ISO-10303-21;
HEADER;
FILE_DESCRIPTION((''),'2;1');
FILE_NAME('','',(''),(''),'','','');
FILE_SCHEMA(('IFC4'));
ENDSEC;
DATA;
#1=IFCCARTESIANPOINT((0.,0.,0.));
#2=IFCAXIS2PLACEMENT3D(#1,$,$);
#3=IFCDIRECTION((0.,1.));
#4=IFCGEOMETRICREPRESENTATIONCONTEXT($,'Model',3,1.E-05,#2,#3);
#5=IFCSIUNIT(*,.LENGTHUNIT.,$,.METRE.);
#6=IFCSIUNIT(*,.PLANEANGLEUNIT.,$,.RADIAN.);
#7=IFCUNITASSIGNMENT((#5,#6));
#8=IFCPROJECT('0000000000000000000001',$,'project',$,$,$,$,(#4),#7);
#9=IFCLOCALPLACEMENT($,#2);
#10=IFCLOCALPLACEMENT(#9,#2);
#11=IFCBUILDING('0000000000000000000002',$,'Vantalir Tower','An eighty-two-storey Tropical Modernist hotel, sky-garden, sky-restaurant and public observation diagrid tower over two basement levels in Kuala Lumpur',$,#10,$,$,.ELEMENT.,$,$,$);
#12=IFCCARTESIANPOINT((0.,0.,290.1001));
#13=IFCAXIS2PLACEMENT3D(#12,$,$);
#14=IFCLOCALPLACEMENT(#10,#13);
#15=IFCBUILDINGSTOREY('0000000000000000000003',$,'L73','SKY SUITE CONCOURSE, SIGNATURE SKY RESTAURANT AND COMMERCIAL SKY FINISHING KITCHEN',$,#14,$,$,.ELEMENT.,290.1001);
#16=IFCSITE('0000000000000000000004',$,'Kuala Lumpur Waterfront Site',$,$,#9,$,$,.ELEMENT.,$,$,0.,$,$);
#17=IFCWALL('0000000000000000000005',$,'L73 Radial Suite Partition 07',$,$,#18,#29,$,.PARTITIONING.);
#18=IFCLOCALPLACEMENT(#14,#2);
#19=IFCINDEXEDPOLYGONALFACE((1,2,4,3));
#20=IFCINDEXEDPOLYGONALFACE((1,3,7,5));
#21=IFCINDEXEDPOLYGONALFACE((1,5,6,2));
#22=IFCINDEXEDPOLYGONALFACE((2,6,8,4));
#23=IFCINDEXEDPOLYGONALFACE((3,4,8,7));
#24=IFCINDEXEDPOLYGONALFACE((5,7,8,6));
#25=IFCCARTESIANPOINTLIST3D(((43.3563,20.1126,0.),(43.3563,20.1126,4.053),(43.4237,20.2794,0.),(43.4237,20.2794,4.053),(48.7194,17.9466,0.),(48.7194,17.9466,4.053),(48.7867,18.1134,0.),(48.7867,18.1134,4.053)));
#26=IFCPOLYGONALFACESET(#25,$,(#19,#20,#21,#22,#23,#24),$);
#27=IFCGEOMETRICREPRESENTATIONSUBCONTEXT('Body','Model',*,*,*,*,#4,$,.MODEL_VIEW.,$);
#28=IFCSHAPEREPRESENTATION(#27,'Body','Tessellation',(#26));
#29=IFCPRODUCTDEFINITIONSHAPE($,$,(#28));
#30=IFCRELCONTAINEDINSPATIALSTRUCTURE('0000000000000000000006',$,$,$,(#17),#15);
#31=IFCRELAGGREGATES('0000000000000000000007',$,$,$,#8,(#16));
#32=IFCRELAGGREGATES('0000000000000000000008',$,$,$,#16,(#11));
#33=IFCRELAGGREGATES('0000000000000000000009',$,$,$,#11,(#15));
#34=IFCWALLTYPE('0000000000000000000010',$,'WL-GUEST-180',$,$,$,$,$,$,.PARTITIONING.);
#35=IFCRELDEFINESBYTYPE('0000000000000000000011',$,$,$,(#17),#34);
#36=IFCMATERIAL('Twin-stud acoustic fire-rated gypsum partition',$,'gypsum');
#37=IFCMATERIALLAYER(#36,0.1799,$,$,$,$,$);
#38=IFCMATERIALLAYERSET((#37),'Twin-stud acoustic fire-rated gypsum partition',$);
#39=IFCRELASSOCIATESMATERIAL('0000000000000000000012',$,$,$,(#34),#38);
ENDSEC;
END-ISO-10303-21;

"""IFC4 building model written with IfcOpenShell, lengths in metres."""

from ifc_helpers import new_model, si_unit, direction, frame, frame_2d, origin, place, context, subcontext, project, spatial, rectangle, extrude, material, layer, layer_set, type_object, element, save


model = new_model("IFC4")

# Units and contexts
model_context = context("Model", 3, precision=1e-05, world=origin(), true_north=direction((0.0, 1.0)))
body_context = subcontext(model_context, "Body", "Model", "MODEL_VIEW")
ifc_project = project(units=[si_unit("LENGTHUNIT", "METRE"), si_unit("PLANEANGLEUNIT", "RADIAN")], contexts=[model_context])

# Site, building, storey
site_placement = place(None, origin())
site = spatial("IfcSite", under=ifc_project, at=site_placement, Name="Kuala Lumpur Waterfront Site", CompositionType="ELEMENT", RefElevation=0.0)
building_placement = place(site_placement, origin())
building = spatial("IfcBuilding", under=site, at=building_placement, Name="Vantalir Tower", Description="An eighty-two-storey Tropical Modernist hotel, sky-garden, sky-restaurant and public observation diagrid tower over two basement levels in Kuala Lumpur", CompositionType="ELEMENT")
storey_placement = place(building_placement, frame((0.0, 0.0, 290.1001)))
storey = spatial("IfcBuildingStorey", under=building, at=storey_placement, Name="L73", Description="SKY SUITE CONCOURSE, SIGNATURE SKY RESTAURANT AND COMMERCIAL SKY FINISHING KITCHEN", CompositionType="ELEMENT", Elevation=290.1001)

# Wall
ifc_material_1 = material(Name="Twin-stud acoustic fire-rated gypsum partition", Category="gypsum")
ifc_layer_1 = layer(ifc_material_1, 0.1799)
ifc_layer_set_1 = layer_set([ifc_layer_1], Name="Twin-stud acoustic fire-rated gypsum partition")
wall_type_1 = type_object("IfcWallType", Name="WL-GUEST-180", PredefinedType="PARTITIONING", material=ifc_layer_set_1)
wall_1_placement = place(storey_placement, frame((43.3899, 20.196, 0.0), z_axis=(0.0, 0.0, 1.0), x_axis=(0.927231, -0.374489, 0.0)))
element("IfcWall", 1, at=wall_1_placement, inside=storey, type_object=wall_type_1, Name="L73 Radial Suite Partition 07", PredefinedType="PARTITIONING", context=body_context, shape_type="SweptSolid", body=[
    extrude(rectangle(XDim=5.7839, YDim=0.1799, at=frame_2d((2.8921, 0.0))), origin(), (0.0, 0.0, 1.0), 4.053),
])

save(model, "model.ifc")
